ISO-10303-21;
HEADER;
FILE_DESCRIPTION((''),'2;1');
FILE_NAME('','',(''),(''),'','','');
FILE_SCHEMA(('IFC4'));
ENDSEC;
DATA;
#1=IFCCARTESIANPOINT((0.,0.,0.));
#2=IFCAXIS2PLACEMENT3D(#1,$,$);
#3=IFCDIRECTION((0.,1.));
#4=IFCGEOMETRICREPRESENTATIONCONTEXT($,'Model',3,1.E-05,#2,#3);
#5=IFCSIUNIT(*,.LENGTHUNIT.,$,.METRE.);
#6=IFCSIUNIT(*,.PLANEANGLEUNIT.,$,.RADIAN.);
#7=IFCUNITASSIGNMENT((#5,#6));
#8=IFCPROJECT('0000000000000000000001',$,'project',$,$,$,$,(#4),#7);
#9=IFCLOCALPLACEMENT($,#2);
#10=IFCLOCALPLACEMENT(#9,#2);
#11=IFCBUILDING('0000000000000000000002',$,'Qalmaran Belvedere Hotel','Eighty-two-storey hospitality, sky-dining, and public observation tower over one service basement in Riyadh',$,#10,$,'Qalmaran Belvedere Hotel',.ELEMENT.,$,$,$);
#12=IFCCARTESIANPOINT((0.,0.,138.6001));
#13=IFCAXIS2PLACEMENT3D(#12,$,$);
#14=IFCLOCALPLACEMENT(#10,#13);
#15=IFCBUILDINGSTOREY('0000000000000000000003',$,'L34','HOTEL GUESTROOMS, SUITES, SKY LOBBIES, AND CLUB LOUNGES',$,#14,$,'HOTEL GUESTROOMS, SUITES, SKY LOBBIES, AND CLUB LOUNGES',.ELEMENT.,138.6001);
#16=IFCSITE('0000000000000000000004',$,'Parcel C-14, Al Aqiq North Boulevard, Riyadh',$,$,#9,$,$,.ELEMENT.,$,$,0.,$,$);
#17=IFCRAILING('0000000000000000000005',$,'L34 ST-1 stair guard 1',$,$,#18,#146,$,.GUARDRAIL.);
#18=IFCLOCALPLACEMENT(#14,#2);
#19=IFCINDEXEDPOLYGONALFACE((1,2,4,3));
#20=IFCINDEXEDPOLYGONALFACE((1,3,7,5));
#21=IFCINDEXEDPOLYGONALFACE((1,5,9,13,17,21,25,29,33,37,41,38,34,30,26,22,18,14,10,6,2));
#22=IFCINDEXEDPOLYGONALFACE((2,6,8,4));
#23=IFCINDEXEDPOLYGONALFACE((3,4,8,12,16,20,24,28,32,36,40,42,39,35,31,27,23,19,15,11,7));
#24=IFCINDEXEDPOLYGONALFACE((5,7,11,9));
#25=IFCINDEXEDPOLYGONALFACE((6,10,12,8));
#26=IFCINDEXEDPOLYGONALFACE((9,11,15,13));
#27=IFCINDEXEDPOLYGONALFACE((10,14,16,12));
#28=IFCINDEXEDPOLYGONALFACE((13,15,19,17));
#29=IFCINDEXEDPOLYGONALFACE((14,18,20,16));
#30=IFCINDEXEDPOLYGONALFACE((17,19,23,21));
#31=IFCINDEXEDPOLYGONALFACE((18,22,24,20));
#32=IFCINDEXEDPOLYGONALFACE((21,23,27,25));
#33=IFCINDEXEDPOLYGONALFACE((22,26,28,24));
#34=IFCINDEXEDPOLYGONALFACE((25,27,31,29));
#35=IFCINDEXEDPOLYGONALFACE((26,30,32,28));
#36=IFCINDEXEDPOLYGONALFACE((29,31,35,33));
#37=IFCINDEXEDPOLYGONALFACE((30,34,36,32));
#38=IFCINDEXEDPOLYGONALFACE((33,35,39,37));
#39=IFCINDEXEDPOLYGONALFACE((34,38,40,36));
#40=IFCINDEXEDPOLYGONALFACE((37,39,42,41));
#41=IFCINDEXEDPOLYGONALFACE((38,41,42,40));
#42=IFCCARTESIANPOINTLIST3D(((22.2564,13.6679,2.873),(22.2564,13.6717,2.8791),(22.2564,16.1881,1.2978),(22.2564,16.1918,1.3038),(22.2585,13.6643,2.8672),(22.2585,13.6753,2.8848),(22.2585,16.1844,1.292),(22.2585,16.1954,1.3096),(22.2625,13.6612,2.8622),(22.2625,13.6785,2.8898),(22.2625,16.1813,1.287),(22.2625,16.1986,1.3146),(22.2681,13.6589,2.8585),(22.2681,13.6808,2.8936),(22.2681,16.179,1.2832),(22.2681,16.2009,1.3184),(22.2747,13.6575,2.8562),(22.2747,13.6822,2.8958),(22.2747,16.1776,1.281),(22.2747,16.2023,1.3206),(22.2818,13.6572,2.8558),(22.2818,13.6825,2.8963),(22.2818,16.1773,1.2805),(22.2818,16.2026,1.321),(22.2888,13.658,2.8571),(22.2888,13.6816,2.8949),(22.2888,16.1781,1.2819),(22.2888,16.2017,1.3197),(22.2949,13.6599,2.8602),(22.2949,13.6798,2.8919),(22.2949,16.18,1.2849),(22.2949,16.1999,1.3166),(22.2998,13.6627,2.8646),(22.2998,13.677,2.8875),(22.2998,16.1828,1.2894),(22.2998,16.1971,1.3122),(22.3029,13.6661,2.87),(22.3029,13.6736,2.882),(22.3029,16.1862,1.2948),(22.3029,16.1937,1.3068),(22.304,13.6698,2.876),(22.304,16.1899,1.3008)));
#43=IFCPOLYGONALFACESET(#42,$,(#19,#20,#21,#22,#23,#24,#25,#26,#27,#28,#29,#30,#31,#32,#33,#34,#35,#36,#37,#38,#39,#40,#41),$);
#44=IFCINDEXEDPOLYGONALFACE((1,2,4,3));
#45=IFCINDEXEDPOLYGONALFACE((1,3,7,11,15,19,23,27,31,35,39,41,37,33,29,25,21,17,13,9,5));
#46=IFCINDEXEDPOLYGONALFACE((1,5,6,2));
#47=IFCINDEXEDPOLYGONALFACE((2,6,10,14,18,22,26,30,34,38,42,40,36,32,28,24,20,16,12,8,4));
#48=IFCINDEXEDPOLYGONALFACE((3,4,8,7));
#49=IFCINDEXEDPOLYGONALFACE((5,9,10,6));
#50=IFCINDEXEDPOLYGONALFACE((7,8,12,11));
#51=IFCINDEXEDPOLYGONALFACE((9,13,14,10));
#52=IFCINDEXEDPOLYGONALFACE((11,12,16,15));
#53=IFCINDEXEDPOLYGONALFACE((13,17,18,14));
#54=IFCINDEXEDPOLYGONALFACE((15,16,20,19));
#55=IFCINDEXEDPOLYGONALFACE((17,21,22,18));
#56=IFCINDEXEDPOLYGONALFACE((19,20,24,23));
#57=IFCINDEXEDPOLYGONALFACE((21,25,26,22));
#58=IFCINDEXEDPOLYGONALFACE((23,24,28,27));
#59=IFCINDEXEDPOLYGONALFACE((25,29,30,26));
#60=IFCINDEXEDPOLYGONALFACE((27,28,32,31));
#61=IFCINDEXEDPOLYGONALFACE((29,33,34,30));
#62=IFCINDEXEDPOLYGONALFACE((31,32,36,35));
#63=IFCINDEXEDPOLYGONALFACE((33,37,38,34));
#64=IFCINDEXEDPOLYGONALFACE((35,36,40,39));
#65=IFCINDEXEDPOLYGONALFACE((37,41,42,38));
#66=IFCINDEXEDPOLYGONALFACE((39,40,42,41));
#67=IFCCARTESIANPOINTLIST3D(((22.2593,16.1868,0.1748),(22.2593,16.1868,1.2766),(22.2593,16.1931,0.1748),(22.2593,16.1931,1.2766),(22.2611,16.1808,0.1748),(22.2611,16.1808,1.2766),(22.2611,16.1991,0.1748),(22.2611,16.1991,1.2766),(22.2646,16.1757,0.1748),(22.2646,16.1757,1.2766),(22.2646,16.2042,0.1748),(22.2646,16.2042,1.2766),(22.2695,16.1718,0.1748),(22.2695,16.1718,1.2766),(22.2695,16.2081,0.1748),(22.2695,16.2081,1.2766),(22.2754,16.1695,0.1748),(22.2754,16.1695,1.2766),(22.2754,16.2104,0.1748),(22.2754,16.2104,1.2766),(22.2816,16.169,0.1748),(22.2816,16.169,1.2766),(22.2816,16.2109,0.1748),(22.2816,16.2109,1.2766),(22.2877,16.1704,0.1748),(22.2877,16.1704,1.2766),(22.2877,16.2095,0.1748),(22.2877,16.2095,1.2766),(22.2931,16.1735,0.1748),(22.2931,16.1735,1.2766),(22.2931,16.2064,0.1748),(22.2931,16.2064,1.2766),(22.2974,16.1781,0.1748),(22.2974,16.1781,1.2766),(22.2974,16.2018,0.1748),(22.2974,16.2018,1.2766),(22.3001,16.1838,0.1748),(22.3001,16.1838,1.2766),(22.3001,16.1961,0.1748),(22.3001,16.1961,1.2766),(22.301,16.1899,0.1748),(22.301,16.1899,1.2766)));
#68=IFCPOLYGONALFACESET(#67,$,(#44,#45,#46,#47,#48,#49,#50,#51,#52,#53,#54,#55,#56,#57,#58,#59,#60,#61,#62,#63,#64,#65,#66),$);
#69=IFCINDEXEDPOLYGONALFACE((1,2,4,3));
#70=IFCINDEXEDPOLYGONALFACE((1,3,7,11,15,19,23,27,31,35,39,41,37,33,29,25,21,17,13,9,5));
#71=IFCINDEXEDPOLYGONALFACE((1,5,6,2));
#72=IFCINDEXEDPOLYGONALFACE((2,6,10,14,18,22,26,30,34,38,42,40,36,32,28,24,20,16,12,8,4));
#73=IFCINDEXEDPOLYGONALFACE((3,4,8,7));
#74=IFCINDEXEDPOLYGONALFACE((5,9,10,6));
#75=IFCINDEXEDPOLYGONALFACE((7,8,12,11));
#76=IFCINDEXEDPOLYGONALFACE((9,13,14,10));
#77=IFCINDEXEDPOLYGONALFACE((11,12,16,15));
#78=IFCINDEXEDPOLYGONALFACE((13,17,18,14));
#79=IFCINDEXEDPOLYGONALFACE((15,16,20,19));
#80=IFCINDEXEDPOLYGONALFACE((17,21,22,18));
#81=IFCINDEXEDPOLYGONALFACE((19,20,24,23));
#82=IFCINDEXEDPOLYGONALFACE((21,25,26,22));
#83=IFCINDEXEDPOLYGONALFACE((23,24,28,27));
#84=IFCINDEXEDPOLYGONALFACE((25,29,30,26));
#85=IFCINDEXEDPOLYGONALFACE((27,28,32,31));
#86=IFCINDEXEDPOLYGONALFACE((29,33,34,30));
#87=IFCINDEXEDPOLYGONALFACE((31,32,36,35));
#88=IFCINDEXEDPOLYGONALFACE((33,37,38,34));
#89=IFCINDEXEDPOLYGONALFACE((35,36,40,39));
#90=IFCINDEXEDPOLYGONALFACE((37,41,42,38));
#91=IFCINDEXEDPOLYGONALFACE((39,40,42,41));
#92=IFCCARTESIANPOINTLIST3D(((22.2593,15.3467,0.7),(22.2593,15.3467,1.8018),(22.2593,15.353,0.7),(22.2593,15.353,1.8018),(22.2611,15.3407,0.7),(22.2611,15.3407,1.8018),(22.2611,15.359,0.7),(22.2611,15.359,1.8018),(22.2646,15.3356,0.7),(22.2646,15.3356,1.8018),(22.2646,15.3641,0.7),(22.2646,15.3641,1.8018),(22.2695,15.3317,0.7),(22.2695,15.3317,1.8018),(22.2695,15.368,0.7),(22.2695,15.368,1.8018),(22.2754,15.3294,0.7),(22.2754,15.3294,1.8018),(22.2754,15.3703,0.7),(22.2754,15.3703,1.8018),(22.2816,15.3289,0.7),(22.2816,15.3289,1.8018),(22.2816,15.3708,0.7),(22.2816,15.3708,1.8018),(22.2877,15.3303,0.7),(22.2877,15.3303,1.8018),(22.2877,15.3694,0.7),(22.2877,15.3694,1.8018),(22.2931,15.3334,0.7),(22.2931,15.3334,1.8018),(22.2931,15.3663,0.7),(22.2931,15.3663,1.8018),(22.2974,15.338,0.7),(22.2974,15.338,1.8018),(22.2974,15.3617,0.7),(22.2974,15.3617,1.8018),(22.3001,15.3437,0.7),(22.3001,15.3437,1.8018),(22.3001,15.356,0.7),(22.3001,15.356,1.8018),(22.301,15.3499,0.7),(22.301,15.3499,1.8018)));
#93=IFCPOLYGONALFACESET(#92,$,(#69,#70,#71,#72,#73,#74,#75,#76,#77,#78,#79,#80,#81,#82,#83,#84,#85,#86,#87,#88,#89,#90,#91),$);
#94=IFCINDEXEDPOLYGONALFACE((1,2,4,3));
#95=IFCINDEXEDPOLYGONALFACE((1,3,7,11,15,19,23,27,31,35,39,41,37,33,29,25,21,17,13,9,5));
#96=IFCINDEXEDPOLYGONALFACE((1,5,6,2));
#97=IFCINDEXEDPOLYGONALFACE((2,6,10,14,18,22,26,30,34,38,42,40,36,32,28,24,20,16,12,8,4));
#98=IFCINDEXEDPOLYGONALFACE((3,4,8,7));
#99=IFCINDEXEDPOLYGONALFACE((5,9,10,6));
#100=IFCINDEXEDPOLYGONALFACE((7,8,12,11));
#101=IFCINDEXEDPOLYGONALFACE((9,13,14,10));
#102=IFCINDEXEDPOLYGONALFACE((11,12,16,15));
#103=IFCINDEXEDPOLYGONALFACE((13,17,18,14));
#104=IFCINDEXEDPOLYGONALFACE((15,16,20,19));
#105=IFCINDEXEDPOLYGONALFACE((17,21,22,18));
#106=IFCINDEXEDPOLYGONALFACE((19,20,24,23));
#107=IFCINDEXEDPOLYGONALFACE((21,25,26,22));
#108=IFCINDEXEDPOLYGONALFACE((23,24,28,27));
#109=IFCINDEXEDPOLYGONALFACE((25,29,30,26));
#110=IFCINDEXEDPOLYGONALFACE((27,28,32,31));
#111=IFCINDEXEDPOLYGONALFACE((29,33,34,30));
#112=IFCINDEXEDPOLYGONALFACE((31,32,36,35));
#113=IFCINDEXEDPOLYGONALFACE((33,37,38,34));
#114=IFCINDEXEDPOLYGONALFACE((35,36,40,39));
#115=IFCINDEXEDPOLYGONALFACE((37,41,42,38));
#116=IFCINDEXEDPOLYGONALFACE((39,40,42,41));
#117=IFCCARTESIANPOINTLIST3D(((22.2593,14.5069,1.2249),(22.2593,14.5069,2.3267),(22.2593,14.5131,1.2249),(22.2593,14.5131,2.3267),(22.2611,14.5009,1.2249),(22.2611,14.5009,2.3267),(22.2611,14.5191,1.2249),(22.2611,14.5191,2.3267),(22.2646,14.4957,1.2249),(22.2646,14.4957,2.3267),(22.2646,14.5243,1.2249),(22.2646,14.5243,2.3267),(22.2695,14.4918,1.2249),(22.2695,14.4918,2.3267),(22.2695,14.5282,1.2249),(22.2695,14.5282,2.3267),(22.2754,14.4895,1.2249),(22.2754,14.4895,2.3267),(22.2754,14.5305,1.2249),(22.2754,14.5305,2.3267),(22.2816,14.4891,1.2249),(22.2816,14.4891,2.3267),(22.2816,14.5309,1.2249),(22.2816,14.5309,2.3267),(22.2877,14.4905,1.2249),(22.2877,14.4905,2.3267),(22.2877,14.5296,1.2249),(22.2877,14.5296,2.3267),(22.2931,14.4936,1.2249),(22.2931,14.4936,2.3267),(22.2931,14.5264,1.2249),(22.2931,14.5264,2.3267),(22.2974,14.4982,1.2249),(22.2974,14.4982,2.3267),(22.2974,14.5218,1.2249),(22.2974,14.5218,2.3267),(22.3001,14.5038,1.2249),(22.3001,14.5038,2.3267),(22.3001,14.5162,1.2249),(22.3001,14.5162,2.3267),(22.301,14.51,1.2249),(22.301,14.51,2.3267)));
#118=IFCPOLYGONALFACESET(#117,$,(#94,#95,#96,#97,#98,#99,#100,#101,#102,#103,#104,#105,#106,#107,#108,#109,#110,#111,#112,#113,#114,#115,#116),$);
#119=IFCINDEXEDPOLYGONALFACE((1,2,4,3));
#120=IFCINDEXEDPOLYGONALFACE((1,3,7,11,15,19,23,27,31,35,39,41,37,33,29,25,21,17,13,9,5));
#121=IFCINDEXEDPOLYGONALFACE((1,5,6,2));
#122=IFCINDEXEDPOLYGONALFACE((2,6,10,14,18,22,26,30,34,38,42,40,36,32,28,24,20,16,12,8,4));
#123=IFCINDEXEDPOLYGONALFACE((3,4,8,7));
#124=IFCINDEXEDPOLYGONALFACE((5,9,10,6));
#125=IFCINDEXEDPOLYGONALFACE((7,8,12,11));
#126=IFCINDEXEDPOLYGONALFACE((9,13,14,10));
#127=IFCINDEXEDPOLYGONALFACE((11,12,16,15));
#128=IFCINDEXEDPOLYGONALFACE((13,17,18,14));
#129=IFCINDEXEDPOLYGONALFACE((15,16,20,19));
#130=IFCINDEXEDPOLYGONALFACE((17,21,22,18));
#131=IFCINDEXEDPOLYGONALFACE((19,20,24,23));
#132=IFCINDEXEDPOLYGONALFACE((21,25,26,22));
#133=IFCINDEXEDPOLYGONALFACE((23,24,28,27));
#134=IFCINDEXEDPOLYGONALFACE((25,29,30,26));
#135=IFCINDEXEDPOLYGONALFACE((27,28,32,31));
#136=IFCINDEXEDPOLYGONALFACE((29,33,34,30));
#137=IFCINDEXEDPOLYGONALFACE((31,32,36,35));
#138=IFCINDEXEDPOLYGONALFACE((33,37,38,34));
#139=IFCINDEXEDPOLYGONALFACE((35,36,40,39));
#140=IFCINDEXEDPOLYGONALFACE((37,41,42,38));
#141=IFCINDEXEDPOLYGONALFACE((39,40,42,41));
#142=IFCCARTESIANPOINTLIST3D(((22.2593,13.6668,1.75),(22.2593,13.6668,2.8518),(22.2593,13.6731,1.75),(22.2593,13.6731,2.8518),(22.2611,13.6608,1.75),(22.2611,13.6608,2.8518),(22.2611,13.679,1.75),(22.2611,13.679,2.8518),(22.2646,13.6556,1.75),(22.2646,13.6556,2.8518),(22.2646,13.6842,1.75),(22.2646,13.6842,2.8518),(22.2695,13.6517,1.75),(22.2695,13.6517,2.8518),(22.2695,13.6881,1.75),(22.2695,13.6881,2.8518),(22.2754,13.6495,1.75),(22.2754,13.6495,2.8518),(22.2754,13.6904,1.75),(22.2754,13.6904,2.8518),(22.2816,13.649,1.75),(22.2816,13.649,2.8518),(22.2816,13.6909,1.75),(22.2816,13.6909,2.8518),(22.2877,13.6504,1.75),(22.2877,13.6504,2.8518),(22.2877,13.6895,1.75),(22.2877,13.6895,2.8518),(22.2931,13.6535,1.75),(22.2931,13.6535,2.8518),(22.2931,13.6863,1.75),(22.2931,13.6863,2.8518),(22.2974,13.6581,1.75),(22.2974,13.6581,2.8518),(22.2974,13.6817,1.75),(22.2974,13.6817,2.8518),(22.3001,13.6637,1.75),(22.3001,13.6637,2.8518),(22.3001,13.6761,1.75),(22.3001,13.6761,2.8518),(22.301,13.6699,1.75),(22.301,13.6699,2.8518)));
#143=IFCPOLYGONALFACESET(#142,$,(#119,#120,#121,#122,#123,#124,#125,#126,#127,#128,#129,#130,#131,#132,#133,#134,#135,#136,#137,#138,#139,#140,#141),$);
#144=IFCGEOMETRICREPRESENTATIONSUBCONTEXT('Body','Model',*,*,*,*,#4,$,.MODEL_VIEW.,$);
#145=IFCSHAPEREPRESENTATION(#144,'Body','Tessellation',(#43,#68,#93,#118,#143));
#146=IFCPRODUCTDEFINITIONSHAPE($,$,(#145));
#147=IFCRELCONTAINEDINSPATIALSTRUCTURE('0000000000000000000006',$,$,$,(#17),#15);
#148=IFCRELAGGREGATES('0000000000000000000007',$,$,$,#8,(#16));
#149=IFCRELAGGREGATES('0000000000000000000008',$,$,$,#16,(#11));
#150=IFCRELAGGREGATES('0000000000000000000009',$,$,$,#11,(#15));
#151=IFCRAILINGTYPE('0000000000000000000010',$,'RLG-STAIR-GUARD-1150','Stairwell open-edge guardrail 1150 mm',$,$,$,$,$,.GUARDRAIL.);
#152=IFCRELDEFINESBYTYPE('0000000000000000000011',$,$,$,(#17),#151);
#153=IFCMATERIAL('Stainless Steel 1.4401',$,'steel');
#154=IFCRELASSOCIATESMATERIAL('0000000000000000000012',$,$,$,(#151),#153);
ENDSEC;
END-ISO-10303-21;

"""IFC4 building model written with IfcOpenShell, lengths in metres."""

from ifc_helpers import new_model, si_unit, direction, frame, origin, origin_2d, place, context, subcontext, project, spatial, circle, extrude, material, type_object, element, save


model = new_model("IFC4")

# Units and contexts
model_context = context("Model", 3, precision=1e-05, world=origin(), true_north=direction((0.0, 1.0)))
body_context = subcontext(model_context, "Body", "Model", "MODEL_VIEW")
ifc_project = project(units=[si_unit("LENGTHUNIT", "METRE"), si_unit("PLANEANGLEUNIT", "RADIAN")], contexts=[model_context])

# Site, building, storey
site_placement = place(None, origin())
site = spatial("IfcSite", under=ifc_project, at=site_placement, Name="Parcel C-14, Al Aqiq North Boulevard, Riyadh", CompositionType="ELEMENT", RefElevation=0.0)
building_placement = place(site_placement, origin())
building = spatial("IfcBuilding", under=site, at=building_placement, Name="Qalmaran Belvedere Hotel", Description="Eighty-two-storey hospitality, sky-dining, and public observation tower over one service basement in Riyadh", LongName="Qalmaran Belvedere Hotel", CompositionType="ELEMENT")
storey_placement = place(building_placement, frame((0.0, 0.0, 138.6001)))
storey = spatial("IfcBuildingStorey", under=building, at=storey_placement, Name="L34", Description="HOTEL GUESTROOMS, SUITES, SKY LOBBIES, AND CLUB LOUNGES", LongName="HOTEL GUESTROOMS, SUITES, SKY LOBBIES, AND CLUB LOUNGES", CompositionType="ELEMENT", Elevation=138.6001)

# Shared definitions
ifc_material_1 = material(Name="Stainless Steel 1.4401", Category="steel")

# Railing
railing_type_1 = type_object("IfcRailingType", Name="RLG-STAIR-GUARD-1150", Description="Stairwell open-edge guardrail 1150 mm", PredefinedType="GUARDRAIL", material=ifc_material_1)
railing_1_placement = place(storey_placement, frame((22.28, 16.1899, 0.1748)))
element("IfcRailing", 1, at=railing_1_placement, inside=storey, type_object=railing_type_1, Name="L34 ST-1 stair guard 1", PredefinedType="GUARDRAIL", context=body_context, shape_type="SweptSolid", body=[
    extrude(circle(Radius=0.0239, at=origin_2d()), frame((0.0, 0.0, 1.126), z_axis=(0.0, -0.847971, 0.530043), x_axis=(1.0, 0.0, 0.0)), (0.0, 0.0, 1.0), 2.9719),
    extrude(circle(Radius=0.021, at=origin_2d()), origin(), (0.0, 0.0, 1.0), 1.1018),
    extrude(circle(Radius=0.021, at=origin_2d()), frame((0.0, -0.8401, 0.5251)), (0.0, 0.0, 1.0), 1.1018),
    extrude(circle(Radius=0.021, at=origin_2d()), frame((0.0, -1.6799, 1.05)), (0.0, 0.0, 1.0), 1.1018),
    extrude(circle(Radius=0.021, at=origin_2d()), frame((0.0, -2.52, 1.5752)), (0.0, 0.0, 1.0), 1.1018),
])

save(model, "model.ifc")
